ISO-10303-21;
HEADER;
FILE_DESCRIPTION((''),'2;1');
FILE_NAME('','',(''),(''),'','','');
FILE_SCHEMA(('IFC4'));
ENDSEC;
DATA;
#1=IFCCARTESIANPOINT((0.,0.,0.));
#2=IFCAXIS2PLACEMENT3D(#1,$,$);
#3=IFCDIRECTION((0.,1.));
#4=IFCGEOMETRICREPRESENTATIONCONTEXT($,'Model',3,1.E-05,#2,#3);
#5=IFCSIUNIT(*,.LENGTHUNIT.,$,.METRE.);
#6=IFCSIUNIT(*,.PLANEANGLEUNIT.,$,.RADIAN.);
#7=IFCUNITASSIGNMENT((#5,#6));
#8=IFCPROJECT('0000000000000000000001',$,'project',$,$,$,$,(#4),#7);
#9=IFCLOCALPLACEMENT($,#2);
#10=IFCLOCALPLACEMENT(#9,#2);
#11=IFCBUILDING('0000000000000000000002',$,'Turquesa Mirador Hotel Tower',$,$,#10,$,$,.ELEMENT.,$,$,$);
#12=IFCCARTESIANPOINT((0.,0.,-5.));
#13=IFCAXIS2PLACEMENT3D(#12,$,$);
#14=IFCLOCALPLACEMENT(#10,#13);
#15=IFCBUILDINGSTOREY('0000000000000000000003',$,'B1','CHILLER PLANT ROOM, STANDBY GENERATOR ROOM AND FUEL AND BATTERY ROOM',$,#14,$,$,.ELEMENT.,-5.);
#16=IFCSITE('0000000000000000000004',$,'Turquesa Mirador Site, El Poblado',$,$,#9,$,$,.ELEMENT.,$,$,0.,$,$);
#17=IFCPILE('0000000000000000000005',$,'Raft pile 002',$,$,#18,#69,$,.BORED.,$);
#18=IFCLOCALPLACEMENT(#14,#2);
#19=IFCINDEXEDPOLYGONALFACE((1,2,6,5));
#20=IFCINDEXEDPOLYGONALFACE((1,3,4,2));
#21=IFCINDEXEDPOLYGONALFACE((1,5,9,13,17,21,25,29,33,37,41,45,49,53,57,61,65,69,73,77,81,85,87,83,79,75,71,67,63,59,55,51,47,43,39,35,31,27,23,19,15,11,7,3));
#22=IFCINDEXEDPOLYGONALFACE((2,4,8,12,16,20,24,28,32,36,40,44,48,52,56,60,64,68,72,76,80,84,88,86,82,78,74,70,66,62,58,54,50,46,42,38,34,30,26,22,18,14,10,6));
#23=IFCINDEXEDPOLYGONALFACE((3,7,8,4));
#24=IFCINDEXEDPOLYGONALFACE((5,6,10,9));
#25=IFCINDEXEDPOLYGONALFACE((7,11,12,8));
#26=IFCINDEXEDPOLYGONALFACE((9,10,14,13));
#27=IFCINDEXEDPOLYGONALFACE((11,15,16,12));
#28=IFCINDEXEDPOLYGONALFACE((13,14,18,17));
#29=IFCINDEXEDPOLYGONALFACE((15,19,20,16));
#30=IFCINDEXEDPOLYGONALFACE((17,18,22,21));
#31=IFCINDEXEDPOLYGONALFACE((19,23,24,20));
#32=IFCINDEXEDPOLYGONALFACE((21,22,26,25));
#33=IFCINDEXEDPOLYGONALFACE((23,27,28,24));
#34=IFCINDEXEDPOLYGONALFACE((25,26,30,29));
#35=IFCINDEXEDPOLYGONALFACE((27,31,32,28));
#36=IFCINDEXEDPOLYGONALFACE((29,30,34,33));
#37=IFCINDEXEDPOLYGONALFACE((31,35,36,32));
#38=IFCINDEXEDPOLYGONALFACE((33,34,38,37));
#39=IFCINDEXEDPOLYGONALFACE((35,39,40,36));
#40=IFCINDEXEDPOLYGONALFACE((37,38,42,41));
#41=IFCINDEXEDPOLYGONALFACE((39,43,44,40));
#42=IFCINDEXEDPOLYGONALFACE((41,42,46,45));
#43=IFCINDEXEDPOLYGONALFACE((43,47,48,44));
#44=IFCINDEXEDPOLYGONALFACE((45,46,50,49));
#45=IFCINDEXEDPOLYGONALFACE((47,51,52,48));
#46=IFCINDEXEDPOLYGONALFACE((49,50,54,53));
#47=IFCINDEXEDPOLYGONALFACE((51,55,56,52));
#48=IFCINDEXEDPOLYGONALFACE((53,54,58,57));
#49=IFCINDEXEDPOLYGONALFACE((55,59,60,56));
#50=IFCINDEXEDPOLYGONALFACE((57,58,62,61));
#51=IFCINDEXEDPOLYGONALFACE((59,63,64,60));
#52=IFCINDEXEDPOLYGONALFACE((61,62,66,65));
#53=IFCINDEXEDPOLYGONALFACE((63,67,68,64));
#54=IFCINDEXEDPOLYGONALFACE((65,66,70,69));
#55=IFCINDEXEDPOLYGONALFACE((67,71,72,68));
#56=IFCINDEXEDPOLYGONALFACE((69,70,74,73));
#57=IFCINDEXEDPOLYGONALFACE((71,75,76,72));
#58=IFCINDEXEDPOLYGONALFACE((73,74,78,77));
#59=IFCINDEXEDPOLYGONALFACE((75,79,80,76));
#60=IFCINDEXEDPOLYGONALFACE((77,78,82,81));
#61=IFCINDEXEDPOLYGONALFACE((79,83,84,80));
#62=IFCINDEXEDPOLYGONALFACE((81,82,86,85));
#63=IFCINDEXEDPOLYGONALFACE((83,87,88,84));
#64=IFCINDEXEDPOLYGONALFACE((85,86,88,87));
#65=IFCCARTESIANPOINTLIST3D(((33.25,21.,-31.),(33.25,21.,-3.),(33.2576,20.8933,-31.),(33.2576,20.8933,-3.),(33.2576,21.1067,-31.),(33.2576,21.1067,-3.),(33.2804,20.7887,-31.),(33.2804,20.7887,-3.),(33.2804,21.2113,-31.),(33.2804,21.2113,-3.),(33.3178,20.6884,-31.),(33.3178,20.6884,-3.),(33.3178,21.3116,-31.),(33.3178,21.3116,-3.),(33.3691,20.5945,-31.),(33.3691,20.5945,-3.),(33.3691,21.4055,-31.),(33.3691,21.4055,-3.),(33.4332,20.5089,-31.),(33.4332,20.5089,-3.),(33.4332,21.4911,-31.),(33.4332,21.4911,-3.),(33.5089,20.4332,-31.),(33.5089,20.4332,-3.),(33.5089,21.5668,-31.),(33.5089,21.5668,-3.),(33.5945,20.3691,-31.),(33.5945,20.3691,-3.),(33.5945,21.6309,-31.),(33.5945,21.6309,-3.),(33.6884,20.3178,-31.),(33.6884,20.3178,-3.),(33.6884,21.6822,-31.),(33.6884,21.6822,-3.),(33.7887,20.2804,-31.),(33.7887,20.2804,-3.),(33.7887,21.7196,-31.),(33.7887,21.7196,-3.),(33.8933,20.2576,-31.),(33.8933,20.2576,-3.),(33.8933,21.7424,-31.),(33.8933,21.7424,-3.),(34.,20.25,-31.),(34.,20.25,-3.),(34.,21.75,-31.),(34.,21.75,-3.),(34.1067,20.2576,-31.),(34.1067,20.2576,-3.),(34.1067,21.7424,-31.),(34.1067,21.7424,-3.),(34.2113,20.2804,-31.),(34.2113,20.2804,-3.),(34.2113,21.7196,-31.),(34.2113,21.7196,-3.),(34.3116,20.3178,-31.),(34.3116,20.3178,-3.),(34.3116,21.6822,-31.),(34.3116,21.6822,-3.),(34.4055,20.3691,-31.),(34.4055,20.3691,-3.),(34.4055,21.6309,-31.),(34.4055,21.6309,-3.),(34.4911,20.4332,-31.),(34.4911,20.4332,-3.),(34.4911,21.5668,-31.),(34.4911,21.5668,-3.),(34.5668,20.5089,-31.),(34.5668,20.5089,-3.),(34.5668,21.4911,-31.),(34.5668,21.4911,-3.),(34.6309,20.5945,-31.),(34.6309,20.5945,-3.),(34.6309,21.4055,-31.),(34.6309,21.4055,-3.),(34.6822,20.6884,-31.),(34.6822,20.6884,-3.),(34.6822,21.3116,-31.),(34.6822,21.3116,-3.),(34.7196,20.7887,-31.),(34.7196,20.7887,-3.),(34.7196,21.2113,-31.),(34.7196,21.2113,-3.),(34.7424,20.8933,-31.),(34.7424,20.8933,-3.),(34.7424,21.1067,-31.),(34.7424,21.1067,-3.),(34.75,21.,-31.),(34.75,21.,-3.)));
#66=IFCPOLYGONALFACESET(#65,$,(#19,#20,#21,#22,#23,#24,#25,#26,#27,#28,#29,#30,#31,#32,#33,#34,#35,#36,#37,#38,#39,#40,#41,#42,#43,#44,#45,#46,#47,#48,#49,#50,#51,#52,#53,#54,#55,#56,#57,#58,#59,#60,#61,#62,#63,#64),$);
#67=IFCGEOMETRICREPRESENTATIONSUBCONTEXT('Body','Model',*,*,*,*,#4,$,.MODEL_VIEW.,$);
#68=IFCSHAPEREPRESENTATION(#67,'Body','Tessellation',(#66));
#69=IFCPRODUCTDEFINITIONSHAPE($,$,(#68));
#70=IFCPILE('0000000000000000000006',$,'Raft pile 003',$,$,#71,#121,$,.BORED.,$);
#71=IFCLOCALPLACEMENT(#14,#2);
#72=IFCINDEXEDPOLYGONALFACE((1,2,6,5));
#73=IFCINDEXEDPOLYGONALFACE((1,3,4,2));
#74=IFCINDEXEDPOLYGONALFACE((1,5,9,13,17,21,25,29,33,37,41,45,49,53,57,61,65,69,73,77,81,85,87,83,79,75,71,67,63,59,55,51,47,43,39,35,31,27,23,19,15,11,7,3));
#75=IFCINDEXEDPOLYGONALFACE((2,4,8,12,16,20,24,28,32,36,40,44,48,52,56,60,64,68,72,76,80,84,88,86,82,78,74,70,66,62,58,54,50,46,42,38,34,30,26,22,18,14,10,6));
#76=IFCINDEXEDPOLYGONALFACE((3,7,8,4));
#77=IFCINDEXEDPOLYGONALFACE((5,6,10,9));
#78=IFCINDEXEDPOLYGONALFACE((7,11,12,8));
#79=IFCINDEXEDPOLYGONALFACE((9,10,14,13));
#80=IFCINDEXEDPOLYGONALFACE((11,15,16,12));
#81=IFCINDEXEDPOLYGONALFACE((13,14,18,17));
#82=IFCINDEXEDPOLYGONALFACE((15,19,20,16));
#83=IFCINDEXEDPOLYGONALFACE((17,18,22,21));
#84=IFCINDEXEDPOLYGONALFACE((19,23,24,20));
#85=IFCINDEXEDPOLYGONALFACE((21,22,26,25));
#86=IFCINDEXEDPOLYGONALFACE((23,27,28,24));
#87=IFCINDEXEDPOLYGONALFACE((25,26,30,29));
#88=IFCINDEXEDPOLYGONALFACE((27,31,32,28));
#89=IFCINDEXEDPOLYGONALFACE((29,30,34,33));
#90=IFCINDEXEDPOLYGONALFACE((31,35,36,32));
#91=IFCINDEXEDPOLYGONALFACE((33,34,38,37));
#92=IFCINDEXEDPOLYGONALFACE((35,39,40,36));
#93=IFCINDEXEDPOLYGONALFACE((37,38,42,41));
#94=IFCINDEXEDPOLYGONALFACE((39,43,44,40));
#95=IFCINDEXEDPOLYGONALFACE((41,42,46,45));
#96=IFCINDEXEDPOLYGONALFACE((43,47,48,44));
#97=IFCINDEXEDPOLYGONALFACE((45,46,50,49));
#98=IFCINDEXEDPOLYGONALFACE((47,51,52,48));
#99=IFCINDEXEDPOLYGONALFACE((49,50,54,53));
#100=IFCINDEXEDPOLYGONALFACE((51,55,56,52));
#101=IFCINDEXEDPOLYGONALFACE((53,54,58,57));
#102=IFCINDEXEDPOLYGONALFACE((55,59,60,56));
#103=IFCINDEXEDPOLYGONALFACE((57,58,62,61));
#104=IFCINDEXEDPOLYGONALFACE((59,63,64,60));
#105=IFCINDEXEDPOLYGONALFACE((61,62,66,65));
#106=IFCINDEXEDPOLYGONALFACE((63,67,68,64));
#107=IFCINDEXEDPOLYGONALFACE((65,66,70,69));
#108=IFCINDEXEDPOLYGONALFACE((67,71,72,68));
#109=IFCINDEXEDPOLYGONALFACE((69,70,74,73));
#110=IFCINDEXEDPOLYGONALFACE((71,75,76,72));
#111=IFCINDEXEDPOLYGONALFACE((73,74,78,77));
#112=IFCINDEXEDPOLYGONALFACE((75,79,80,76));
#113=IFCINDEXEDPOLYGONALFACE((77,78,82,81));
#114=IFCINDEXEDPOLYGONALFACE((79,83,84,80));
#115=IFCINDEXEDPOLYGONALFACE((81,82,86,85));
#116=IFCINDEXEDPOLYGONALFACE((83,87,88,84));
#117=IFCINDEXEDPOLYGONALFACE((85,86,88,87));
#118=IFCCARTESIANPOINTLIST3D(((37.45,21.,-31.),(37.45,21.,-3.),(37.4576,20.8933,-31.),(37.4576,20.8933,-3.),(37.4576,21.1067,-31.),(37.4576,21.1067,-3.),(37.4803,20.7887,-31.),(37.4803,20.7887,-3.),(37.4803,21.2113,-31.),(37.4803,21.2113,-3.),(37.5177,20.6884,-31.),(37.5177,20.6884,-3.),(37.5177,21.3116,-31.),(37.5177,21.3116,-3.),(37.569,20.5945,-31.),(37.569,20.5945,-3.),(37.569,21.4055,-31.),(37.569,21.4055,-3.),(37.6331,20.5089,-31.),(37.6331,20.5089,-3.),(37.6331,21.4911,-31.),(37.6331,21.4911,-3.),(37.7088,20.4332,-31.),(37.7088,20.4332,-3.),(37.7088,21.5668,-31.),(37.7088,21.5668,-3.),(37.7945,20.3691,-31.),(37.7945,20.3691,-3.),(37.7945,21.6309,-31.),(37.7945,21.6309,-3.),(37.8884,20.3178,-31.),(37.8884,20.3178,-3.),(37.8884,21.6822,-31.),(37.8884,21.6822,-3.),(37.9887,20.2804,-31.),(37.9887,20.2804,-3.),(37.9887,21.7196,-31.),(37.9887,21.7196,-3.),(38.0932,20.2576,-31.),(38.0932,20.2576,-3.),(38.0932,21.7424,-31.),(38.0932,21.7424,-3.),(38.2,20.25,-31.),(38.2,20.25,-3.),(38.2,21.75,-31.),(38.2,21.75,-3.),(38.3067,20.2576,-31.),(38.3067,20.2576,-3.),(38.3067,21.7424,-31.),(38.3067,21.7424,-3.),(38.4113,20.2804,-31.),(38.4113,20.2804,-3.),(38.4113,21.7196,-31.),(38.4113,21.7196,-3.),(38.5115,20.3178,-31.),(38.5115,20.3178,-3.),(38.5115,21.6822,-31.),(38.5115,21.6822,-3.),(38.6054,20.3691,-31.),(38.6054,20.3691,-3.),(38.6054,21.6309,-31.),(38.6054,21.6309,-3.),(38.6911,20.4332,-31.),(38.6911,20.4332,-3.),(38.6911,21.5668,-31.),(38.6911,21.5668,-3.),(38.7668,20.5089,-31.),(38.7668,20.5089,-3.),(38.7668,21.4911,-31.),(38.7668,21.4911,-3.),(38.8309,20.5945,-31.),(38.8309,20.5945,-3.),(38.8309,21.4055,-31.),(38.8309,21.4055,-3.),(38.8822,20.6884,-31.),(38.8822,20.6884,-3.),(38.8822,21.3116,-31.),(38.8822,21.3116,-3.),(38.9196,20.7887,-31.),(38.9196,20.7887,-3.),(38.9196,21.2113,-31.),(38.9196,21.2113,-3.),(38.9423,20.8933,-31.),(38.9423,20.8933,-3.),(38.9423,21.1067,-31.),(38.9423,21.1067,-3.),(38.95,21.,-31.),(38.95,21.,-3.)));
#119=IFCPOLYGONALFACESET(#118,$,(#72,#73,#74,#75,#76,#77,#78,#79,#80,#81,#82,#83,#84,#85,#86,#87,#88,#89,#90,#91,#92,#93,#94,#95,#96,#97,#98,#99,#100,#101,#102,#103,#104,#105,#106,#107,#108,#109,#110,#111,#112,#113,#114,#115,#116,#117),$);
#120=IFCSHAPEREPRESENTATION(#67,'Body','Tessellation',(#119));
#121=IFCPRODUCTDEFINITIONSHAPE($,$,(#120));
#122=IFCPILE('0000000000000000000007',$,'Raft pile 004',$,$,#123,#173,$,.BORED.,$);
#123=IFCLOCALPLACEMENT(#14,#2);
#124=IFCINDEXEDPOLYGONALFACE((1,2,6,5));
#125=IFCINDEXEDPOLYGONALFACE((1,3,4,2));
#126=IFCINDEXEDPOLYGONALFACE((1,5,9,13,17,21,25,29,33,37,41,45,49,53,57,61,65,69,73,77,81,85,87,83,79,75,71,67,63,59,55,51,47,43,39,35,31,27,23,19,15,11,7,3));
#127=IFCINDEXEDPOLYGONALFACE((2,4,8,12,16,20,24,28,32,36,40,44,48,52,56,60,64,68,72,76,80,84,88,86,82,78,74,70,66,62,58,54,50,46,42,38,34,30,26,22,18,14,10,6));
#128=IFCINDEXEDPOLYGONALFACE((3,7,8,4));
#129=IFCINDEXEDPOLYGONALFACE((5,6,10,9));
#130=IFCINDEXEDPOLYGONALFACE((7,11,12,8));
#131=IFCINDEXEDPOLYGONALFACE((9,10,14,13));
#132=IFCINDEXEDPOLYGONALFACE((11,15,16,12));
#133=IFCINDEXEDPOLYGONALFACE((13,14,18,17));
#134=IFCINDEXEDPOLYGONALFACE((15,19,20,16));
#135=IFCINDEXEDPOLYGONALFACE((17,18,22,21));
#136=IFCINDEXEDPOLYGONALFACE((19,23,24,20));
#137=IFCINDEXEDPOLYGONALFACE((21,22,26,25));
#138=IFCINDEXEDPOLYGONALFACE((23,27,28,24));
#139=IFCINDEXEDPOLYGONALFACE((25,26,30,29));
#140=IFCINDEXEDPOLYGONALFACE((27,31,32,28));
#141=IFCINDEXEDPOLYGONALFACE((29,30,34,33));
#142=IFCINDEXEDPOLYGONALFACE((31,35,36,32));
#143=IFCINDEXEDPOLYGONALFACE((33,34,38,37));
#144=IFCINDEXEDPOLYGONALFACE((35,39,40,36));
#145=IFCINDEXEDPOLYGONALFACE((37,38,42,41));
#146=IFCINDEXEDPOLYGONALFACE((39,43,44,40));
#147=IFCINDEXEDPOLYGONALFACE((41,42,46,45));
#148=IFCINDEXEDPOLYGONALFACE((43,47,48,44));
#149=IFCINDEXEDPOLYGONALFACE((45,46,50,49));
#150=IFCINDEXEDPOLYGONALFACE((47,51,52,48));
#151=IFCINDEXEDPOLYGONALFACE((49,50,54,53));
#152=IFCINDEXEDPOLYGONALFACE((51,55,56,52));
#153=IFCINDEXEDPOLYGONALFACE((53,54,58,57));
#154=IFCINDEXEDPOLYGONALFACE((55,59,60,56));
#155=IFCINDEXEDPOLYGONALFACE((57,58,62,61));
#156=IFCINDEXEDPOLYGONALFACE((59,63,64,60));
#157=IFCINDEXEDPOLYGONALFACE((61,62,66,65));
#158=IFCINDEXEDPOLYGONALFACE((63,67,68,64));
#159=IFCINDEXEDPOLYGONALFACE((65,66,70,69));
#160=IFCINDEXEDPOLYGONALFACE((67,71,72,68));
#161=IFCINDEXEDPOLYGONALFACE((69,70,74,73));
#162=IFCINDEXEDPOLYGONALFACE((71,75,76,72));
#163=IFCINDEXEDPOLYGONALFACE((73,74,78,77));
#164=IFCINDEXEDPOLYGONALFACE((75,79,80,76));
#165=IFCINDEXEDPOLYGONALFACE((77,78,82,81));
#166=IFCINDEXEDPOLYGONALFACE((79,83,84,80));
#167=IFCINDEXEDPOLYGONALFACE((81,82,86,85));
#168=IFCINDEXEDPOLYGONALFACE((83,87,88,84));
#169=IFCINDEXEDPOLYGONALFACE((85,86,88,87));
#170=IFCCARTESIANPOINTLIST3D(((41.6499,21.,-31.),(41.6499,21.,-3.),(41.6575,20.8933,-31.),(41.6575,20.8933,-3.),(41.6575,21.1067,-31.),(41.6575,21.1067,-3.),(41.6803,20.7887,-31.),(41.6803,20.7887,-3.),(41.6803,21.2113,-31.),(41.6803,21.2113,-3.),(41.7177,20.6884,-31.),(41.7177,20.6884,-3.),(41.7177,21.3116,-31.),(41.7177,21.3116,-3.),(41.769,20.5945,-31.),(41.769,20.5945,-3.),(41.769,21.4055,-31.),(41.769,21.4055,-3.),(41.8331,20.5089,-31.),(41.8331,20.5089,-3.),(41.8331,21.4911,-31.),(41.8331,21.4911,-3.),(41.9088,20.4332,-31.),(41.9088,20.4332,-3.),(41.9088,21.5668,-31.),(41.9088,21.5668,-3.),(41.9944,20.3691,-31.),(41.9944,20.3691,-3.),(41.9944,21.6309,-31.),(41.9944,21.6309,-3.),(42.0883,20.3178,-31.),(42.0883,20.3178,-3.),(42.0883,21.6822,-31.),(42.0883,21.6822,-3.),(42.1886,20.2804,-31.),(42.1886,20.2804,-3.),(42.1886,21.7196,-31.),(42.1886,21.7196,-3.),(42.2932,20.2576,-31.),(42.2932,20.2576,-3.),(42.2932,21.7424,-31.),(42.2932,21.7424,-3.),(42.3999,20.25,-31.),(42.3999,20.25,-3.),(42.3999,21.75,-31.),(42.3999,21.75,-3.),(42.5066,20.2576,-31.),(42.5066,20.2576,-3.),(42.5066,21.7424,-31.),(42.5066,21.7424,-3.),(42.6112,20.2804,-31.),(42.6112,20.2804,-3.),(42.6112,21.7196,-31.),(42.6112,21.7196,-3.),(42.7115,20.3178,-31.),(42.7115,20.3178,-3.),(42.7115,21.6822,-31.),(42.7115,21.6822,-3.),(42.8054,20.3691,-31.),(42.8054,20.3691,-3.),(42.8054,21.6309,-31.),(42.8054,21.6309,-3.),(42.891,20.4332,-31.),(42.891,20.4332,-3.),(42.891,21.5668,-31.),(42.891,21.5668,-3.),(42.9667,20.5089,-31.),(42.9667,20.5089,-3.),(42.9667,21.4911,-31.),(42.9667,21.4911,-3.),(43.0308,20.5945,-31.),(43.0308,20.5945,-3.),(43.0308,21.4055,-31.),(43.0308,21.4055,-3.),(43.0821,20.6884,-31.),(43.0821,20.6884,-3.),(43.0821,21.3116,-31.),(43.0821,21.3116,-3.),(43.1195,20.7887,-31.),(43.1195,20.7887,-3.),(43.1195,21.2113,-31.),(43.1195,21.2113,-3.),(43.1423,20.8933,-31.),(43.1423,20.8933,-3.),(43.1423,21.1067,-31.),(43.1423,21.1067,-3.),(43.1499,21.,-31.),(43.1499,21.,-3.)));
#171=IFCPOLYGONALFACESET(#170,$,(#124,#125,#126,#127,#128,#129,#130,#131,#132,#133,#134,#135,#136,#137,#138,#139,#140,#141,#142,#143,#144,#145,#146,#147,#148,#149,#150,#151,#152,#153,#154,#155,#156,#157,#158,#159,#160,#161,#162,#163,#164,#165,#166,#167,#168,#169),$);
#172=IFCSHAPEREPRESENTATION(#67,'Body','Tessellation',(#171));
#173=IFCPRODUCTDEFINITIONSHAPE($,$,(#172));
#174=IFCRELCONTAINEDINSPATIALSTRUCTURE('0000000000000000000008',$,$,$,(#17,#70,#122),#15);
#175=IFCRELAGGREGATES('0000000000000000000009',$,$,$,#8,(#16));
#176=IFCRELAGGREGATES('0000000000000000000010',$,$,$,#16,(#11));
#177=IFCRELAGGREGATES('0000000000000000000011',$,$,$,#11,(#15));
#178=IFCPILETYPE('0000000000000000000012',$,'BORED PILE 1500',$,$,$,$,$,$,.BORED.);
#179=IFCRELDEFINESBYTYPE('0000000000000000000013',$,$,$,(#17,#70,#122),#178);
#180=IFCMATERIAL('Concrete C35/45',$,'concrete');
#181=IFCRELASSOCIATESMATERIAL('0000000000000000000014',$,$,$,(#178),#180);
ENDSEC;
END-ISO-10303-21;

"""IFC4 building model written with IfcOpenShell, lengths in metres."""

from ifc_helpers import new_model, si_unit, direction, frame, origin, origin_2d, place, context, subcontext, project, spatial, circle, extrude, material, type_object, element, save


model = new_model("IFC4")

# Units and contexts
model_context = context("Model", 3, precision=1e-05, world=origin(), true_north=direction((0.0, 1.0)))
body_context = subcontext(model_context, "Body", "Model", "MODEL_VIEW")
ifc_project = project(units=[si_unit("LENGTHUNIT", "METRE"), si_unit("PLANEANGLEUNIT", "RADIAN")], contexts=[model_context])

# Site, building, storey
site_placement = place(None, origin())
site = spatial("IfcSite", under=ifc_project, at=site_placement, Name="Turquesa Mirador Site, El Poblado", CompositionType="ELEMENT", RefElevation=0.0)
building_placement = place(site_placement, origin())
building = spatial("IfcBuilding", under=site, at=building_placement, Name="Turquesa Mirador Hotel Tower", CompositionType="ELEMENT")
storey_placement = place(building_placement, frame((0.0, 0.0, -5.0)))
storey = spatial("IfcBuildingStorey", under=building, at=storey_placement, Name="B1", Description="CHILLER PLANT ROOM, STANDBY GENERATOR ROOM AND FUEL AND BATTERY ROOM", CompositionType="ELEMENT", Elevation=-5.0)

# Piles
ifc_material_1 = material(Name="Concrete C35/45", Category="concrete")
pile_type = type_object("IfcPileType", Name="BORED PILE 1500", PredefinedType="BORED", material=ifc_material_1)
for number, where, z_axis, x_axis, name in (
    (1, (34.0, 21.0, -3.0), (0.0, 0.0, -1.0), (1.0, 0.0, 0.0), "Raft pile 002"),
    (2, (38.2, 21.0, -3.0), (0.0, 0.0, -1.0), (1.0, 0.0, 0.0), "Raft pile 003"),
    (3, (42.3999, 21.0, -3.0), (0.0, 0.0, -1.0), (1.0, 0.0, 0.0), "Raft pile 004"),
):
    element("IfcPile", number, at=place(storey_placement, frame(where, z_axis=z_axis, x_axis=x_axis)), inside=storey, type_object=pile_type, Name=name, PredefinedType="BORED", context=body_context, shape_type="SweptSolid", body=[
        extrude(circle(Radius=0.75, at=origin_2d()), origin(), (0.0, 0.0, 1.0), 28.0),
    ])

save(model, "model.ifc")
